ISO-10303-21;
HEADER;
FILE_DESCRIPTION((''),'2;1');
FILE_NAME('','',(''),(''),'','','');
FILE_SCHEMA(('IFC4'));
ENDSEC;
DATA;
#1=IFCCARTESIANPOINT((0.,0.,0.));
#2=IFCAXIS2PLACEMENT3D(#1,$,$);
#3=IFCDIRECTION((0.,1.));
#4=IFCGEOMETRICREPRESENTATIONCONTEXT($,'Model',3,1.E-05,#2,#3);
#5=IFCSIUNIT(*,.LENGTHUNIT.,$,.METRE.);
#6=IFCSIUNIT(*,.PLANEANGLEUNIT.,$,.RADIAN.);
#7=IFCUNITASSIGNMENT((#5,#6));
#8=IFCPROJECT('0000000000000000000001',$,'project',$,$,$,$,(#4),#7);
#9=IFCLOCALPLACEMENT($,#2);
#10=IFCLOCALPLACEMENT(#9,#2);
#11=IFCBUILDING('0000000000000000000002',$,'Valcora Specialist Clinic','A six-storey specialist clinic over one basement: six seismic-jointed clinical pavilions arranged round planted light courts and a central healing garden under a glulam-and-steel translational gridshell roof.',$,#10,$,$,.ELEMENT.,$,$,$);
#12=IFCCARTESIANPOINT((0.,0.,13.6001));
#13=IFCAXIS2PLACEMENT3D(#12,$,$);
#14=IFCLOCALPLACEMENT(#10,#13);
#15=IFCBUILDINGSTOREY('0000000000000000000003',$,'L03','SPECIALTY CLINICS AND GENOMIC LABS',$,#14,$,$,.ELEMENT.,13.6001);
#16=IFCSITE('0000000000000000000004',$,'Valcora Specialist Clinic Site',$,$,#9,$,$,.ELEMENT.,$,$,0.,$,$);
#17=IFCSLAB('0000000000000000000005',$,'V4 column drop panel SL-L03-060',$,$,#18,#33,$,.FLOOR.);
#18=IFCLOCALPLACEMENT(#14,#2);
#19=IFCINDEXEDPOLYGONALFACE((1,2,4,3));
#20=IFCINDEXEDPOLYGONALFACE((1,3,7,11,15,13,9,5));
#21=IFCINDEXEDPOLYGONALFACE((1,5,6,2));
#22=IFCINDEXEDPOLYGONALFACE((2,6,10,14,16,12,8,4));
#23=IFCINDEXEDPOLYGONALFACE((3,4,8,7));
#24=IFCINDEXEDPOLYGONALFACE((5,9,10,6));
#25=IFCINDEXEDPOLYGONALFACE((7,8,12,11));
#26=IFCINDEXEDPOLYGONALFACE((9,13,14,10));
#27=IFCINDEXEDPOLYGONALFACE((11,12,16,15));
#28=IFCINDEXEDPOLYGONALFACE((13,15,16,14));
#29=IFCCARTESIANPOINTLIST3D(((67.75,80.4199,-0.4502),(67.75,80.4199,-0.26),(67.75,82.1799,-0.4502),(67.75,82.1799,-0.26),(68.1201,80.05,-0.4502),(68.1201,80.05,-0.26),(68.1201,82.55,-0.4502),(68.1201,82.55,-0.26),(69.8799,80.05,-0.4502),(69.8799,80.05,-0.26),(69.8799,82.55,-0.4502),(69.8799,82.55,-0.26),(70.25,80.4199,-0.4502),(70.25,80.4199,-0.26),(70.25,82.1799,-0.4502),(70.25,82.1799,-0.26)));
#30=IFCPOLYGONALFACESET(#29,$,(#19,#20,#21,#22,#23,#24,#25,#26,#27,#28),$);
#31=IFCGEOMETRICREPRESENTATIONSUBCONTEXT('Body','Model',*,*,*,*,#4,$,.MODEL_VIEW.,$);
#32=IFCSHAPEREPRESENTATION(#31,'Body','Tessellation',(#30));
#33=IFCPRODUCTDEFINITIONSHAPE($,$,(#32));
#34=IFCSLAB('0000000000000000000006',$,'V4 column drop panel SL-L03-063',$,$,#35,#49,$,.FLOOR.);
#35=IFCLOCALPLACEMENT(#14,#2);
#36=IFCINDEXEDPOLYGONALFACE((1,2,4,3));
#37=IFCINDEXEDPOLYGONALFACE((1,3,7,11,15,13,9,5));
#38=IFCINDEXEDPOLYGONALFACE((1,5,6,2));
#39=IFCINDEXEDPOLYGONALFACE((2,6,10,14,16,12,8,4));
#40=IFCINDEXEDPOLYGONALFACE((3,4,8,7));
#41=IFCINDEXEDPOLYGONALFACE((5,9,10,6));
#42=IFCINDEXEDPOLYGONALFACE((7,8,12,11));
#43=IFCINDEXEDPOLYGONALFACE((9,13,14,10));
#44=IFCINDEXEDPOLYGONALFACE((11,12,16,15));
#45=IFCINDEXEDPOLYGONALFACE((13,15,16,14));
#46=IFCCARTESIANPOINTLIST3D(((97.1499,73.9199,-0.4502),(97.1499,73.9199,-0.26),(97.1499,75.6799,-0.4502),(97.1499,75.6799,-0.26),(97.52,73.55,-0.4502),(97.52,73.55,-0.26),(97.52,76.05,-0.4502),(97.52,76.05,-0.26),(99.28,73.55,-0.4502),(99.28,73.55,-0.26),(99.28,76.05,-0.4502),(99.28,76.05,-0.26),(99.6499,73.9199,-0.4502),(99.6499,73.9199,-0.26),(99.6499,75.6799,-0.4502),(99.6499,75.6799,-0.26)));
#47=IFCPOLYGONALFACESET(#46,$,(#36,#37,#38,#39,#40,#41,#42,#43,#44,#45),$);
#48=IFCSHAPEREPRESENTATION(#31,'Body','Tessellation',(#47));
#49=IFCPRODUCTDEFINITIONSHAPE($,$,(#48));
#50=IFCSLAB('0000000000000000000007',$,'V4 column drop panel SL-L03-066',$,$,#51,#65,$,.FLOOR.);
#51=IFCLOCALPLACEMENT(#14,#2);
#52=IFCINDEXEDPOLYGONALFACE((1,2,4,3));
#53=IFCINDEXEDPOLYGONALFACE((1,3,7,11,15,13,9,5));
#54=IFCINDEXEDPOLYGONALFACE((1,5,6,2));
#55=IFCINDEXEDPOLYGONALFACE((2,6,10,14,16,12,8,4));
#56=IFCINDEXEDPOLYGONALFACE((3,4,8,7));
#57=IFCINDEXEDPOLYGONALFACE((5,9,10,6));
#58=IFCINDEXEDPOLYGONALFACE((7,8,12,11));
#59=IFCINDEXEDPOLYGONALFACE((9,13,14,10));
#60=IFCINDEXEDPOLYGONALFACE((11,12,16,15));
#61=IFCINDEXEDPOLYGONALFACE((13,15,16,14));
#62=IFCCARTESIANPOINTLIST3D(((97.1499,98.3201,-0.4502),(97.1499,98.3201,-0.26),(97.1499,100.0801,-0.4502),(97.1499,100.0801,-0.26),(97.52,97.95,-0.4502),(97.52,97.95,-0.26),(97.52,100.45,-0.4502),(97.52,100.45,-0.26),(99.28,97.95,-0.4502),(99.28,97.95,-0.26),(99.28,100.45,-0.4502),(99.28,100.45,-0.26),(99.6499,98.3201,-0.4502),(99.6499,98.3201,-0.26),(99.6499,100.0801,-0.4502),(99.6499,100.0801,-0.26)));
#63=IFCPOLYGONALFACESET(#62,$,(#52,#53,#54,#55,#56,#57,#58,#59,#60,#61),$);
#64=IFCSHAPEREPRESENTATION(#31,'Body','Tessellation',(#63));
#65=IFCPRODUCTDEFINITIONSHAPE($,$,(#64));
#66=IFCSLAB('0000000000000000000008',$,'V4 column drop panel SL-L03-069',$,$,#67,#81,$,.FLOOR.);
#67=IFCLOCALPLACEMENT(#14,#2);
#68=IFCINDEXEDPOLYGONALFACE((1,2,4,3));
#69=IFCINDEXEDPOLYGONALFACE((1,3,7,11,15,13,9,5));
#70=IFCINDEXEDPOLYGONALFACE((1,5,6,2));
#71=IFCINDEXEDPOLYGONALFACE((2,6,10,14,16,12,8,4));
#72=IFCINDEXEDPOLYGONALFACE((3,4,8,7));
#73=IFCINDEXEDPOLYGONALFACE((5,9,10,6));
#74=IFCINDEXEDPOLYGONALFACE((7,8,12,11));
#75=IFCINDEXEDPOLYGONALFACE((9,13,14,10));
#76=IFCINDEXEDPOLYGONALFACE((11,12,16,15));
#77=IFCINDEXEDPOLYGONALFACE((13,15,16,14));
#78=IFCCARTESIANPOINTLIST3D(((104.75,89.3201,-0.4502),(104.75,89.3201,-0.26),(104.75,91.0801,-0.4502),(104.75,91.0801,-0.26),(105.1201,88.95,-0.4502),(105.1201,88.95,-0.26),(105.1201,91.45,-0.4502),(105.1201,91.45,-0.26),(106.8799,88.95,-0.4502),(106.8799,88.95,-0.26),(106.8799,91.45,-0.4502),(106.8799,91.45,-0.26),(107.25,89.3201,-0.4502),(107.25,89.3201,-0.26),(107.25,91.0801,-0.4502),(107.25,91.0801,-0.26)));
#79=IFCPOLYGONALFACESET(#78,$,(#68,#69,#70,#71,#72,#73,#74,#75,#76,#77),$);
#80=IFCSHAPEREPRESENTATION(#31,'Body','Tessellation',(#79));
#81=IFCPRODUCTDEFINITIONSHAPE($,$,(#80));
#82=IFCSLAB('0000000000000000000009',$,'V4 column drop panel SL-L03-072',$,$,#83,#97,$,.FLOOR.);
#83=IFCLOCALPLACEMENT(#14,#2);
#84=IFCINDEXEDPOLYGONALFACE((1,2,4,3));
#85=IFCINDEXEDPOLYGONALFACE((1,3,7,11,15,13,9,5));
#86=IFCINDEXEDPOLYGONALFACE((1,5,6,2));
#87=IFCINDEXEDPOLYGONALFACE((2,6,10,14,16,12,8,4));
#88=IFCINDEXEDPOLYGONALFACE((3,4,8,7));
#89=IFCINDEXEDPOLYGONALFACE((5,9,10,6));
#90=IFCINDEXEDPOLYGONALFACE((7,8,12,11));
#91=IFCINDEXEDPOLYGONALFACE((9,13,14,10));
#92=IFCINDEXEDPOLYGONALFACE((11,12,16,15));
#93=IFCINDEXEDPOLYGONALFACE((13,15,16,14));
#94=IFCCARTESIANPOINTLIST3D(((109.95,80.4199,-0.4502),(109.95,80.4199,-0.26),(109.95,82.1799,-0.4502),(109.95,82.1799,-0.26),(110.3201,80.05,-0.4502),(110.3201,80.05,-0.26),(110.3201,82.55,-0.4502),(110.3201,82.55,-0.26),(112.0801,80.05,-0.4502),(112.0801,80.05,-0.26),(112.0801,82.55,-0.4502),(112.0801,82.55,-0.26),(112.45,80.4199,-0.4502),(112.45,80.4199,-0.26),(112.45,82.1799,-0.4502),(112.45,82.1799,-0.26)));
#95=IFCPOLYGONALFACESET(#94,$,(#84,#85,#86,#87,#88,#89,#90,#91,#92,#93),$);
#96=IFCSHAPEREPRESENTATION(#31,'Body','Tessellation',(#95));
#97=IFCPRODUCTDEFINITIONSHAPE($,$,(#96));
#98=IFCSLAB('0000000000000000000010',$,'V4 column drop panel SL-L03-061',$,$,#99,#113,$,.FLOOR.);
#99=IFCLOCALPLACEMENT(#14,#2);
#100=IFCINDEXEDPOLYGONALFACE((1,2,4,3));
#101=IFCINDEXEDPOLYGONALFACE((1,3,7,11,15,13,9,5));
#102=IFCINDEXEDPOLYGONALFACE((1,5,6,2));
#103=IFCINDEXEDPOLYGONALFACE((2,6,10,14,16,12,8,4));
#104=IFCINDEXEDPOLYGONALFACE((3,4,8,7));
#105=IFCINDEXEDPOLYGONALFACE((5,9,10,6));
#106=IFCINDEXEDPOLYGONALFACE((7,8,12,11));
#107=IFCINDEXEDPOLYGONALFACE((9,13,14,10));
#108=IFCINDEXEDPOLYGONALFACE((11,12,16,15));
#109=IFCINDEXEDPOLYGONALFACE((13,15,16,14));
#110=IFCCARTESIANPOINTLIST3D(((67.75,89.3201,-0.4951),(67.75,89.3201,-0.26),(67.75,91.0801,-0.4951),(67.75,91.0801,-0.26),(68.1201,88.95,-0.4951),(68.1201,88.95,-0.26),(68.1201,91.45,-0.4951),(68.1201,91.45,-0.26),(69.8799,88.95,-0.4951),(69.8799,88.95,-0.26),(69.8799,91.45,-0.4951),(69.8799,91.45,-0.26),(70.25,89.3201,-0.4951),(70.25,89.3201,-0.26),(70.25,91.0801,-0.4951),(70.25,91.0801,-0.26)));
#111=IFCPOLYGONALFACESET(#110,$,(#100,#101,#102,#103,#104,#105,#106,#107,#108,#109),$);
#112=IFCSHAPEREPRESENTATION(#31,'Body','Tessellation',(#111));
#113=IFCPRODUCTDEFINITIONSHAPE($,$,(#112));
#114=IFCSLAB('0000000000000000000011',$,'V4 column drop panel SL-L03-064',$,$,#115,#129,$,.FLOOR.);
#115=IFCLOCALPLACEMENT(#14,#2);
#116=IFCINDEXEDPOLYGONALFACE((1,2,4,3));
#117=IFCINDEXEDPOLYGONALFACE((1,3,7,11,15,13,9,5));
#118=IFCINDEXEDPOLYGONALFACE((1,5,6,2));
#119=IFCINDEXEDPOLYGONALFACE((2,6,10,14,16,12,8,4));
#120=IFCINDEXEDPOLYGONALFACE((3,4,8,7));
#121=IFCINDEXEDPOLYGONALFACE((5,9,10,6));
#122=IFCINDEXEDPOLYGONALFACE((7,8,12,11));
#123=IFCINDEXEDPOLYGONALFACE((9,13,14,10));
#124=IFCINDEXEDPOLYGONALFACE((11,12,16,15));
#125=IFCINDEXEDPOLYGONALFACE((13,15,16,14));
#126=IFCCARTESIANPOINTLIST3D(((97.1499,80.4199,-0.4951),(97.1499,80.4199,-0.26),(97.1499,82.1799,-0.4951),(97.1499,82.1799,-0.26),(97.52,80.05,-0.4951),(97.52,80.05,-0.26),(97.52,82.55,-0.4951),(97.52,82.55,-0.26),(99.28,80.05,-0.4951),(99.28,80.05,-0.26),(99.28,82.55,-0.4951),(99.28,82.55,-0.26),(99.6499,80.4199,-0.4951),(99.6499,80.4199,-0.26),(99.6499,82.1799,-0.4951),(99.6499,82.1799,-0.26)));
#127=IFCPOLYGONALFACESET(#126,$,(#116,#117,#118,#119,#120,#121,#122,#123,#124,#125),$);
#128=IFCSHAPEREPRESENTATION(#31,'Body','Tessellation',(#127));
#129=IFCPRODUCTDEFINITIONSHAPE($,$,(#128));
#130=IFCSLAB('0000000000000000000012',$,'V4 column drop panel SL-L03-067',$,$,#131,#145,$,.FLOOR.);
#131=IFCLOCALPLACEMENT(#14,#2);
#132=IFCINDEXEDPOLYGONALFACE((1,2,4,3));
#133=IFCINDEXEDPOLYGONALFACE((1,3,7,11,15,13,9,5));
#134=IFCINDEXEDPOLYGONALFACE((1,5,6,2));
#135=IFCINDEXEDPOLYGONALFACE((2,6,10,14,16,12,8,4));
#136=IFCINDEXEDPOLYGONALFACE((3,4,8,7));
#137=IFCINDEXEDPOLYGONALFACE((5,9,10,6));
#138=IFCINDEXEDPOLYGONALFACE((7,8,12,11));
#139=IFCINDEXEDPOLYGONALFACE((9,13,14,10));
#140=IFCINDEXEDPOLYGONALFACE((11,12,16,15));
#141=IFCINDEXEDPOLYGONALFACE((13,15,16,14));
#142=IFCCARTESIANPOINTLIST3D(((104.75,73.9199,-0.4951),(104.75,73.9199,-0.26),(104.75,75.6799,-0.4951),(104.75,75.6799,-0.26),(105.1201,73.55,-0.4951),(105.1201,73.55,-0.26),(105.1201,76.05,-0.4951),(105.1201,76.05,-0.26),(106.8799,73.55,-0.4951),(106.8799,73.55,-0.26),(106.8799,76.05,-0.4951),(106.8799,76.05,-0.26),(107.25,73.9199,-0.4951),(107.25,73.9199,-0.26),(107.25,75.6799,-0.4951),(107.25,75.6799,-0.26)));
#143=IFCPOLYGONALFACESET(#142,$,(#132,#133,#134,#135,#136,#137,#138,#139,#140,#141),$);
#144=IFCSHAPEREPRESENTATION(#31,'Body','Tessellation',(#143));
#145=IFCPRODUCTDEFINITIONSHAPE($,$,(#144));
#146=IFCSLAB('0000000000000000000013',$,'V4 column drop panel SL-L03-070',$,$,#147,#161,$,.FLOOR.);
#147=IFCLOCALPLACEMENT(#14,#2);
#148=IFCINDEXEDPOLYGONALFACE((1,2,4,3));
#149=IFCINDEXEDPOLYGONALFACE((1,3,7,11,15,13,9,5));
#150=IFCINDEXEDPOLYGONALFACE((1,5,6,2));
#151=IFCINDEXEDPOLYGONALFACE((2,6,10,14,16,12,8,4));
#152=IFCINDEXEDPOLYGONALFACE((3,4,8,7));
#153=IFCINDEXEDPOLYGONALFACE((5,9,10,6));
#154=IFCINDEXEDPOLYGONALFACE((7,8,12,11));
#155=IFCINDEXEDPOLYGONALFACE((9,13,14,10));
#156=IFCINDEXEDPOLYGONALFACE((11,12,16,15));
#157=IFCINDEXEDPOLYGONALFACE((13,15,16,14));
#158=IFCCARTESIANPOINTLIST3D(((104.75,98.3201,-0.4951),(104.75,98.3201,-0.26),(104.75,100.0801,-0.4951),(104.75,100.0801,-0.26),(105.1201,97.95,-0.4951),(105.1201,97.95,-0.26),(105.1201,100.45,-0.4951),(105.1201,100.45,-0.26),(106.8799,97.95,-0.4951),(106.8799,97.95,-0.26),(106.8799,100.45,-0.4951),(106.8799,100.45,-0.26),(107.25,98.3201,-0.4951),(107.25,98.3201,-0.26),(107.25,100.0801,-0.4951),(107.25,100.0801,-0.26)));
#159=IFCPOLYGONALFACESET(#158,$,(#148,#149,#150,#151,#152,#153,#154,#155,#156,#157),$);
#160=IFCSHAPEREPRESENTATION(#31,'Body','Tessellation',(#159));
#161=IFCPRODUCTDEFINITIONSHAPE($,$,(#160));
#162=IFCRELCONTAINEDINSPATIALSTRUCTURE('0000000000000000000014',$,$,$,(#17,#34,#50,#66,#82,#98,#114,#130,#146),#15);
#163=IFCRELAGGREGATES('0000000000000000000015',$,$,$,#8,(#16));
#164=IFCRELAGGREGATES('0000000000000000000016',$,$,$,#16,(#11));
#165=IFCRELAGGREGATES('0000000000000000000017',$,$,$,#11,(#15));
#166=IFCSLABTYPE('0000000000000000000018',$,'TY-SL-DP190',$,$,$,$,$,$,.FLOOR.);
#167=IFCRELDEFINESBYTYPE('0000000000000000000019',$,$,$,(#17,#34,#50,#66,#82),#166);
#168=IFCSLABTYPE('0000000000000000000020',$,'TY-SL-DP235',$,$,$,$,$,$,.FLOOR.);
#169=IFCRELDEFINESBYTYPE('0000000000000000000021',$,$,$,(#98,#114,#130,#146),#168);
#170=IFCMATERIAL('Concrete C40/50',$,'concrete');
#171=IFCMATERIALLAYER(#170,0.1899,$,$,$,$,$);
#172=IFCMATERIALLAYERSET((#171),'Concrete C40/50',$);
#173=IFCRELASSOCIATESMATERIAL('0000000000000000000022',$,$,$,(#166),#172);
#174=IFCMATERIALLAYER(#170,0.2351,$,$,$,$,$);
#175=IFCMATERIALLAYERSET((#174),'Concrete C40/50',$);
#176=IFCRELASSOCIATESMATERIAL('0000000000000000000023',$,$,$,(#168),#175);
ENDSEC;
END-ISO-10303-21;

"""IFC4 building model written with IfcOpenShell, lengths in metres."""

from ifc_helpers import new_model, si_unit, direction, frame, origin, place, context, subcontext, project, spatial, polyline, outline, extrude, material, layer, layer_set, type_object, element, save


model = new_model("IFC4")

# Units and contexts
model_context = context("Model", 3, precision=1e-05, world=origin(), true_north=direction((0.0, 1.0)))
body_context = subcontext(model_context, "Body", "Model", "MODEL_VIEW")
ifc_project = project(units=[si_unit("LENGTHUNIT", "METRE"), si_unit("PLANEANGLEUNIT", "RADIAN")], contexts=[model_context])

# Site, building, storey
site_placement = place(None, origin())
site = spatial("IfcSite", under=ifc_project, at=site_placement, Name="Valcora Specialist Clinic Site", CompositionType="ELEMENT", RefElevation=0.0)
building_placement = place(site_placement, origin())
building = spatial("IfcBuilding", under=site, at=building_placement, Name="Valcora Specialist Clinic", Description="A six-storey specialist clinic over one basement: six seismic-jointed clinical pavilions arranged round planted light courts and a central healing garden under a glulam-and-steel translational gridshell roof.", CompositionType="ELEMENT")
storey_placement = place(building_placement, frame((0.0, 0.0, 13.6001)))
storey = spatial("IfcBuildingStorey", under=building, at=storey_placement, Name="L03", Description="SPECIALTY CLINICS AND GENOMIC LABS", CompositionType="ELEMENT", Elevation=13.6001)

# Slabs
ifc_material_1 = material(Name="Concrete C40/50", Category="concrete")
ifc_layer_1 = layer(ifc_material_1, 0.1899)
ifc_layer_set_1 = layer_set([ifc_layer_1], Name="Concrete C40/50")
slab_type_1 = type_object("IfcSlabType", Name="TY-SL-DP190", PredefinedType="FLOOR", material=ifc_layer_set_1)
slab_1_placement = place(storey_placement, frame((0.0, 0.0, -0.4502)))
element("IfcSlab", 1, at=slab_1_placement, inside=storey, type_object=slab_type_1, Name="V4 column drop panel SL-L03-060", PredefinedType="FLOOR", context=body_context, shape_type="SweptSolid", body=[
    extrude(outline(polyline([(68.1201, 80.05), (69.8799, 80.05), (70.25, 80.4199), (70.25, 82.1799), (69.8799, 82.55), (68.1201, 82.55), (67.75, 82.1799), (67.75, 80.4199), (68.1201, 80.05)])), origin(), (0.0, 0.0, 1.0), 0.1902),
])
slab_2_placement = place(storey_placement, frame((0.0, 0.0, -0.4502)))
element("IfcSlab", 2, at=slab_2_placement, inside=storey, type_object=slab_type_1, Name="V4 column drop panel SL-L03-063", PredefinedType="FLOOR", context=body_context, shape_type="SweptSolid", body=[
    extrude(outline(polyline([(97.52, 73.55), (99.28, 73.55), (99.6499, 73.9199), (99.6499, 75.6799), (99.28, 76.05), (97.52, 76.05), (97.1499, 75.6799), (97.1499, 73.9199), (97.52, 73.55)])), origin(), (0.0, 0.0, 1.0), 0.1902),
])
slab_3_placement = place(storey_placement, frame((0.0, 0.0, -0.4502)))
element("IfcSlab", 3, at=slab_3_placement, inside=storey, type_object=slab_type_1, Name="V4 column drop panel SL-L03-066", PredefinedType="FLOOR", context=body_context, shape_type="SweptSolid", body=[
    extrude(outline(polyline([(97.52, 97.95), (99.28, 97.95), (99.6499, 98.3201), (99.6499, 100.0801), (99.28, 100.45), (97.52, 100.45), (97.1499, 100.0801), (97.1499, 98.3201), (97.52, 97.95)])), origin(), (0.0, 0.0, 1.0), 0.1902),
])
slab_4_placement = place(storey_placement, frame((0.0, 0.0, -0.4502)))
element("IfcSlab", 4, at=slab_4_placement, inside=storey, type_object=slab_type_1, Name="V4 column drop panel SL-L03-069", PredefinedType="FLOOR", context=body_context, shape_type="SweptSolid", body=[
    extrude(outline(polyline([(105.1201, 88.95), (106.8799, 88.95), (107.25, 89.3201), (107.25, 91.0801), (106.8799, 91.45), (105.1201, 91.45), (104.75, 91.0801), (104.75, 89.3201), (105.1201, 88.95)])), origin(), (0.0, 0.0, 1.0), 0.1902),
])
slab_5_placement = place(storey_placement, frame((0.0, 0.0, -0.4502)))
element("IfcSlab", 5, at=slab_5_placement, inside=storey, type_object=slab_type_1, Name="V4 column drop panel SL-L03-072", PredefinedType="FLOOR", context=body_context, shape_type="SweptSolid", body=[
    extrude(outline(polyline([(110.3201, 80.05), (112.0801, 80.05), (112.45, 80.4199), (112.45, 82.1799), (112.0801, 82.55), (110.3201, 82.55), (109.95, 82.1799), (109.95, 80.4199), (110.3201, 80.05)])), origin(), (0.0, 0.0, 1.0), 0.1902),
])
ifc_layer_2 = layer(ifc_material_1, 0.2351)
ifc_layer_set_2 = layer_set([ifc_layer_2], Name="Concrete C40/50")
slab_type_2 = type_object("IfcSlabType", Name="TY-SL-DP235", PredefinedType="FLOOR", material=ifc_layer_set_2)
slab_6_placement = place(storey_placement, frame((0.0, 0.0, -0.4951)))
element("IfcSlab", 6, at=slab_6_placement, inside=storey, type_object=slab_type_2, Name="V4 column drop panel SL-L03-061", PredefinedType="FLOOR", context=body_context, shape_type="SweptSolid", body=[
    extrude(outline(polyline([(68.1201, 88.95), (69.8799, 88.95), (70.25, 89.3201), (70.25, 91.0801), (69.8799, 91.45), (68.1201, 91.45), (67.75, 91.0801), (67.75, 89.3201), (68.1201, 88.95)])), origin(), (0.0, 0.0, 1.0), 0.2351),
])
slab_7_placement = place(storey_placement, frame((0.0, 0.0, -0.4951)))
element("IfcSlab", 7, at=slab_7_placement, inside=storey, type_object=slab_type_2, Name="V4 column drop panel SL-L03-064", PredefinedType="FLOOR", context=body_context, shape_type="SweptSolid", body=[
    extrude(outline(polyline([(97.52, 80.05), (99.28, 80.05), (99.6499, 80.4199), (99.6499, 82.1799), (99.28, 82.55), (97.52, 82.55), (97.1499, 82.1799), (97.1499, 80.4199), (97.52, 80.05)])), origin(), (0.0, 0.0, 1.0), 0.2351),
])
slab_8_placement = place(storey_placement, frame((0.0, 0.0, -0.4951)))
element("IfcSlab", 8, at=slab_8_placement, inside=storey, type_object=slab_type_2, Name="V4 column drop panel SL-L03-067", PredefinedType="FLOOR", context=body_context, shape_type="SweptSolid", body=[
    extrude(outline(polyline([(105.1201, 73.55), (106.8799, 73.55), (107.25, 73.9199), (107.25, 75.6799), (106.8799, 76.05), (105.1201, 76.05), (104.75, 75.6799), (104.75, 73.9199), (105.1201, 73.55)])), origin(), (0.0, 0.0, 1.0), 0.2351),
])
slab_9_placement = place(storey_placement, frame((0.0, 0.0, -0.4951)))
element("IfcSlab", 9, at=slab_9_placement, inside=storey, type_object=slab_type_2, Name="V4 column drop panel SL-L03-070", PredefinedType="FLOOR", context=body_context, shape_type="SweptSolid", body=[
    extrude(outline(polyline([(105.1201, 97.95), (106.8799, 97.95), (107.25, 98.3201), (107.25, 100.0801), (106.8799, 100.45), (105.1201, 100.45), (104.75, 100.0801), (104.75, 98.3201), (105.1201, 97.95)])), origin(), (0.0, 0.0, 1.0), 0.2351),
])

save(model, "model.ifc")
